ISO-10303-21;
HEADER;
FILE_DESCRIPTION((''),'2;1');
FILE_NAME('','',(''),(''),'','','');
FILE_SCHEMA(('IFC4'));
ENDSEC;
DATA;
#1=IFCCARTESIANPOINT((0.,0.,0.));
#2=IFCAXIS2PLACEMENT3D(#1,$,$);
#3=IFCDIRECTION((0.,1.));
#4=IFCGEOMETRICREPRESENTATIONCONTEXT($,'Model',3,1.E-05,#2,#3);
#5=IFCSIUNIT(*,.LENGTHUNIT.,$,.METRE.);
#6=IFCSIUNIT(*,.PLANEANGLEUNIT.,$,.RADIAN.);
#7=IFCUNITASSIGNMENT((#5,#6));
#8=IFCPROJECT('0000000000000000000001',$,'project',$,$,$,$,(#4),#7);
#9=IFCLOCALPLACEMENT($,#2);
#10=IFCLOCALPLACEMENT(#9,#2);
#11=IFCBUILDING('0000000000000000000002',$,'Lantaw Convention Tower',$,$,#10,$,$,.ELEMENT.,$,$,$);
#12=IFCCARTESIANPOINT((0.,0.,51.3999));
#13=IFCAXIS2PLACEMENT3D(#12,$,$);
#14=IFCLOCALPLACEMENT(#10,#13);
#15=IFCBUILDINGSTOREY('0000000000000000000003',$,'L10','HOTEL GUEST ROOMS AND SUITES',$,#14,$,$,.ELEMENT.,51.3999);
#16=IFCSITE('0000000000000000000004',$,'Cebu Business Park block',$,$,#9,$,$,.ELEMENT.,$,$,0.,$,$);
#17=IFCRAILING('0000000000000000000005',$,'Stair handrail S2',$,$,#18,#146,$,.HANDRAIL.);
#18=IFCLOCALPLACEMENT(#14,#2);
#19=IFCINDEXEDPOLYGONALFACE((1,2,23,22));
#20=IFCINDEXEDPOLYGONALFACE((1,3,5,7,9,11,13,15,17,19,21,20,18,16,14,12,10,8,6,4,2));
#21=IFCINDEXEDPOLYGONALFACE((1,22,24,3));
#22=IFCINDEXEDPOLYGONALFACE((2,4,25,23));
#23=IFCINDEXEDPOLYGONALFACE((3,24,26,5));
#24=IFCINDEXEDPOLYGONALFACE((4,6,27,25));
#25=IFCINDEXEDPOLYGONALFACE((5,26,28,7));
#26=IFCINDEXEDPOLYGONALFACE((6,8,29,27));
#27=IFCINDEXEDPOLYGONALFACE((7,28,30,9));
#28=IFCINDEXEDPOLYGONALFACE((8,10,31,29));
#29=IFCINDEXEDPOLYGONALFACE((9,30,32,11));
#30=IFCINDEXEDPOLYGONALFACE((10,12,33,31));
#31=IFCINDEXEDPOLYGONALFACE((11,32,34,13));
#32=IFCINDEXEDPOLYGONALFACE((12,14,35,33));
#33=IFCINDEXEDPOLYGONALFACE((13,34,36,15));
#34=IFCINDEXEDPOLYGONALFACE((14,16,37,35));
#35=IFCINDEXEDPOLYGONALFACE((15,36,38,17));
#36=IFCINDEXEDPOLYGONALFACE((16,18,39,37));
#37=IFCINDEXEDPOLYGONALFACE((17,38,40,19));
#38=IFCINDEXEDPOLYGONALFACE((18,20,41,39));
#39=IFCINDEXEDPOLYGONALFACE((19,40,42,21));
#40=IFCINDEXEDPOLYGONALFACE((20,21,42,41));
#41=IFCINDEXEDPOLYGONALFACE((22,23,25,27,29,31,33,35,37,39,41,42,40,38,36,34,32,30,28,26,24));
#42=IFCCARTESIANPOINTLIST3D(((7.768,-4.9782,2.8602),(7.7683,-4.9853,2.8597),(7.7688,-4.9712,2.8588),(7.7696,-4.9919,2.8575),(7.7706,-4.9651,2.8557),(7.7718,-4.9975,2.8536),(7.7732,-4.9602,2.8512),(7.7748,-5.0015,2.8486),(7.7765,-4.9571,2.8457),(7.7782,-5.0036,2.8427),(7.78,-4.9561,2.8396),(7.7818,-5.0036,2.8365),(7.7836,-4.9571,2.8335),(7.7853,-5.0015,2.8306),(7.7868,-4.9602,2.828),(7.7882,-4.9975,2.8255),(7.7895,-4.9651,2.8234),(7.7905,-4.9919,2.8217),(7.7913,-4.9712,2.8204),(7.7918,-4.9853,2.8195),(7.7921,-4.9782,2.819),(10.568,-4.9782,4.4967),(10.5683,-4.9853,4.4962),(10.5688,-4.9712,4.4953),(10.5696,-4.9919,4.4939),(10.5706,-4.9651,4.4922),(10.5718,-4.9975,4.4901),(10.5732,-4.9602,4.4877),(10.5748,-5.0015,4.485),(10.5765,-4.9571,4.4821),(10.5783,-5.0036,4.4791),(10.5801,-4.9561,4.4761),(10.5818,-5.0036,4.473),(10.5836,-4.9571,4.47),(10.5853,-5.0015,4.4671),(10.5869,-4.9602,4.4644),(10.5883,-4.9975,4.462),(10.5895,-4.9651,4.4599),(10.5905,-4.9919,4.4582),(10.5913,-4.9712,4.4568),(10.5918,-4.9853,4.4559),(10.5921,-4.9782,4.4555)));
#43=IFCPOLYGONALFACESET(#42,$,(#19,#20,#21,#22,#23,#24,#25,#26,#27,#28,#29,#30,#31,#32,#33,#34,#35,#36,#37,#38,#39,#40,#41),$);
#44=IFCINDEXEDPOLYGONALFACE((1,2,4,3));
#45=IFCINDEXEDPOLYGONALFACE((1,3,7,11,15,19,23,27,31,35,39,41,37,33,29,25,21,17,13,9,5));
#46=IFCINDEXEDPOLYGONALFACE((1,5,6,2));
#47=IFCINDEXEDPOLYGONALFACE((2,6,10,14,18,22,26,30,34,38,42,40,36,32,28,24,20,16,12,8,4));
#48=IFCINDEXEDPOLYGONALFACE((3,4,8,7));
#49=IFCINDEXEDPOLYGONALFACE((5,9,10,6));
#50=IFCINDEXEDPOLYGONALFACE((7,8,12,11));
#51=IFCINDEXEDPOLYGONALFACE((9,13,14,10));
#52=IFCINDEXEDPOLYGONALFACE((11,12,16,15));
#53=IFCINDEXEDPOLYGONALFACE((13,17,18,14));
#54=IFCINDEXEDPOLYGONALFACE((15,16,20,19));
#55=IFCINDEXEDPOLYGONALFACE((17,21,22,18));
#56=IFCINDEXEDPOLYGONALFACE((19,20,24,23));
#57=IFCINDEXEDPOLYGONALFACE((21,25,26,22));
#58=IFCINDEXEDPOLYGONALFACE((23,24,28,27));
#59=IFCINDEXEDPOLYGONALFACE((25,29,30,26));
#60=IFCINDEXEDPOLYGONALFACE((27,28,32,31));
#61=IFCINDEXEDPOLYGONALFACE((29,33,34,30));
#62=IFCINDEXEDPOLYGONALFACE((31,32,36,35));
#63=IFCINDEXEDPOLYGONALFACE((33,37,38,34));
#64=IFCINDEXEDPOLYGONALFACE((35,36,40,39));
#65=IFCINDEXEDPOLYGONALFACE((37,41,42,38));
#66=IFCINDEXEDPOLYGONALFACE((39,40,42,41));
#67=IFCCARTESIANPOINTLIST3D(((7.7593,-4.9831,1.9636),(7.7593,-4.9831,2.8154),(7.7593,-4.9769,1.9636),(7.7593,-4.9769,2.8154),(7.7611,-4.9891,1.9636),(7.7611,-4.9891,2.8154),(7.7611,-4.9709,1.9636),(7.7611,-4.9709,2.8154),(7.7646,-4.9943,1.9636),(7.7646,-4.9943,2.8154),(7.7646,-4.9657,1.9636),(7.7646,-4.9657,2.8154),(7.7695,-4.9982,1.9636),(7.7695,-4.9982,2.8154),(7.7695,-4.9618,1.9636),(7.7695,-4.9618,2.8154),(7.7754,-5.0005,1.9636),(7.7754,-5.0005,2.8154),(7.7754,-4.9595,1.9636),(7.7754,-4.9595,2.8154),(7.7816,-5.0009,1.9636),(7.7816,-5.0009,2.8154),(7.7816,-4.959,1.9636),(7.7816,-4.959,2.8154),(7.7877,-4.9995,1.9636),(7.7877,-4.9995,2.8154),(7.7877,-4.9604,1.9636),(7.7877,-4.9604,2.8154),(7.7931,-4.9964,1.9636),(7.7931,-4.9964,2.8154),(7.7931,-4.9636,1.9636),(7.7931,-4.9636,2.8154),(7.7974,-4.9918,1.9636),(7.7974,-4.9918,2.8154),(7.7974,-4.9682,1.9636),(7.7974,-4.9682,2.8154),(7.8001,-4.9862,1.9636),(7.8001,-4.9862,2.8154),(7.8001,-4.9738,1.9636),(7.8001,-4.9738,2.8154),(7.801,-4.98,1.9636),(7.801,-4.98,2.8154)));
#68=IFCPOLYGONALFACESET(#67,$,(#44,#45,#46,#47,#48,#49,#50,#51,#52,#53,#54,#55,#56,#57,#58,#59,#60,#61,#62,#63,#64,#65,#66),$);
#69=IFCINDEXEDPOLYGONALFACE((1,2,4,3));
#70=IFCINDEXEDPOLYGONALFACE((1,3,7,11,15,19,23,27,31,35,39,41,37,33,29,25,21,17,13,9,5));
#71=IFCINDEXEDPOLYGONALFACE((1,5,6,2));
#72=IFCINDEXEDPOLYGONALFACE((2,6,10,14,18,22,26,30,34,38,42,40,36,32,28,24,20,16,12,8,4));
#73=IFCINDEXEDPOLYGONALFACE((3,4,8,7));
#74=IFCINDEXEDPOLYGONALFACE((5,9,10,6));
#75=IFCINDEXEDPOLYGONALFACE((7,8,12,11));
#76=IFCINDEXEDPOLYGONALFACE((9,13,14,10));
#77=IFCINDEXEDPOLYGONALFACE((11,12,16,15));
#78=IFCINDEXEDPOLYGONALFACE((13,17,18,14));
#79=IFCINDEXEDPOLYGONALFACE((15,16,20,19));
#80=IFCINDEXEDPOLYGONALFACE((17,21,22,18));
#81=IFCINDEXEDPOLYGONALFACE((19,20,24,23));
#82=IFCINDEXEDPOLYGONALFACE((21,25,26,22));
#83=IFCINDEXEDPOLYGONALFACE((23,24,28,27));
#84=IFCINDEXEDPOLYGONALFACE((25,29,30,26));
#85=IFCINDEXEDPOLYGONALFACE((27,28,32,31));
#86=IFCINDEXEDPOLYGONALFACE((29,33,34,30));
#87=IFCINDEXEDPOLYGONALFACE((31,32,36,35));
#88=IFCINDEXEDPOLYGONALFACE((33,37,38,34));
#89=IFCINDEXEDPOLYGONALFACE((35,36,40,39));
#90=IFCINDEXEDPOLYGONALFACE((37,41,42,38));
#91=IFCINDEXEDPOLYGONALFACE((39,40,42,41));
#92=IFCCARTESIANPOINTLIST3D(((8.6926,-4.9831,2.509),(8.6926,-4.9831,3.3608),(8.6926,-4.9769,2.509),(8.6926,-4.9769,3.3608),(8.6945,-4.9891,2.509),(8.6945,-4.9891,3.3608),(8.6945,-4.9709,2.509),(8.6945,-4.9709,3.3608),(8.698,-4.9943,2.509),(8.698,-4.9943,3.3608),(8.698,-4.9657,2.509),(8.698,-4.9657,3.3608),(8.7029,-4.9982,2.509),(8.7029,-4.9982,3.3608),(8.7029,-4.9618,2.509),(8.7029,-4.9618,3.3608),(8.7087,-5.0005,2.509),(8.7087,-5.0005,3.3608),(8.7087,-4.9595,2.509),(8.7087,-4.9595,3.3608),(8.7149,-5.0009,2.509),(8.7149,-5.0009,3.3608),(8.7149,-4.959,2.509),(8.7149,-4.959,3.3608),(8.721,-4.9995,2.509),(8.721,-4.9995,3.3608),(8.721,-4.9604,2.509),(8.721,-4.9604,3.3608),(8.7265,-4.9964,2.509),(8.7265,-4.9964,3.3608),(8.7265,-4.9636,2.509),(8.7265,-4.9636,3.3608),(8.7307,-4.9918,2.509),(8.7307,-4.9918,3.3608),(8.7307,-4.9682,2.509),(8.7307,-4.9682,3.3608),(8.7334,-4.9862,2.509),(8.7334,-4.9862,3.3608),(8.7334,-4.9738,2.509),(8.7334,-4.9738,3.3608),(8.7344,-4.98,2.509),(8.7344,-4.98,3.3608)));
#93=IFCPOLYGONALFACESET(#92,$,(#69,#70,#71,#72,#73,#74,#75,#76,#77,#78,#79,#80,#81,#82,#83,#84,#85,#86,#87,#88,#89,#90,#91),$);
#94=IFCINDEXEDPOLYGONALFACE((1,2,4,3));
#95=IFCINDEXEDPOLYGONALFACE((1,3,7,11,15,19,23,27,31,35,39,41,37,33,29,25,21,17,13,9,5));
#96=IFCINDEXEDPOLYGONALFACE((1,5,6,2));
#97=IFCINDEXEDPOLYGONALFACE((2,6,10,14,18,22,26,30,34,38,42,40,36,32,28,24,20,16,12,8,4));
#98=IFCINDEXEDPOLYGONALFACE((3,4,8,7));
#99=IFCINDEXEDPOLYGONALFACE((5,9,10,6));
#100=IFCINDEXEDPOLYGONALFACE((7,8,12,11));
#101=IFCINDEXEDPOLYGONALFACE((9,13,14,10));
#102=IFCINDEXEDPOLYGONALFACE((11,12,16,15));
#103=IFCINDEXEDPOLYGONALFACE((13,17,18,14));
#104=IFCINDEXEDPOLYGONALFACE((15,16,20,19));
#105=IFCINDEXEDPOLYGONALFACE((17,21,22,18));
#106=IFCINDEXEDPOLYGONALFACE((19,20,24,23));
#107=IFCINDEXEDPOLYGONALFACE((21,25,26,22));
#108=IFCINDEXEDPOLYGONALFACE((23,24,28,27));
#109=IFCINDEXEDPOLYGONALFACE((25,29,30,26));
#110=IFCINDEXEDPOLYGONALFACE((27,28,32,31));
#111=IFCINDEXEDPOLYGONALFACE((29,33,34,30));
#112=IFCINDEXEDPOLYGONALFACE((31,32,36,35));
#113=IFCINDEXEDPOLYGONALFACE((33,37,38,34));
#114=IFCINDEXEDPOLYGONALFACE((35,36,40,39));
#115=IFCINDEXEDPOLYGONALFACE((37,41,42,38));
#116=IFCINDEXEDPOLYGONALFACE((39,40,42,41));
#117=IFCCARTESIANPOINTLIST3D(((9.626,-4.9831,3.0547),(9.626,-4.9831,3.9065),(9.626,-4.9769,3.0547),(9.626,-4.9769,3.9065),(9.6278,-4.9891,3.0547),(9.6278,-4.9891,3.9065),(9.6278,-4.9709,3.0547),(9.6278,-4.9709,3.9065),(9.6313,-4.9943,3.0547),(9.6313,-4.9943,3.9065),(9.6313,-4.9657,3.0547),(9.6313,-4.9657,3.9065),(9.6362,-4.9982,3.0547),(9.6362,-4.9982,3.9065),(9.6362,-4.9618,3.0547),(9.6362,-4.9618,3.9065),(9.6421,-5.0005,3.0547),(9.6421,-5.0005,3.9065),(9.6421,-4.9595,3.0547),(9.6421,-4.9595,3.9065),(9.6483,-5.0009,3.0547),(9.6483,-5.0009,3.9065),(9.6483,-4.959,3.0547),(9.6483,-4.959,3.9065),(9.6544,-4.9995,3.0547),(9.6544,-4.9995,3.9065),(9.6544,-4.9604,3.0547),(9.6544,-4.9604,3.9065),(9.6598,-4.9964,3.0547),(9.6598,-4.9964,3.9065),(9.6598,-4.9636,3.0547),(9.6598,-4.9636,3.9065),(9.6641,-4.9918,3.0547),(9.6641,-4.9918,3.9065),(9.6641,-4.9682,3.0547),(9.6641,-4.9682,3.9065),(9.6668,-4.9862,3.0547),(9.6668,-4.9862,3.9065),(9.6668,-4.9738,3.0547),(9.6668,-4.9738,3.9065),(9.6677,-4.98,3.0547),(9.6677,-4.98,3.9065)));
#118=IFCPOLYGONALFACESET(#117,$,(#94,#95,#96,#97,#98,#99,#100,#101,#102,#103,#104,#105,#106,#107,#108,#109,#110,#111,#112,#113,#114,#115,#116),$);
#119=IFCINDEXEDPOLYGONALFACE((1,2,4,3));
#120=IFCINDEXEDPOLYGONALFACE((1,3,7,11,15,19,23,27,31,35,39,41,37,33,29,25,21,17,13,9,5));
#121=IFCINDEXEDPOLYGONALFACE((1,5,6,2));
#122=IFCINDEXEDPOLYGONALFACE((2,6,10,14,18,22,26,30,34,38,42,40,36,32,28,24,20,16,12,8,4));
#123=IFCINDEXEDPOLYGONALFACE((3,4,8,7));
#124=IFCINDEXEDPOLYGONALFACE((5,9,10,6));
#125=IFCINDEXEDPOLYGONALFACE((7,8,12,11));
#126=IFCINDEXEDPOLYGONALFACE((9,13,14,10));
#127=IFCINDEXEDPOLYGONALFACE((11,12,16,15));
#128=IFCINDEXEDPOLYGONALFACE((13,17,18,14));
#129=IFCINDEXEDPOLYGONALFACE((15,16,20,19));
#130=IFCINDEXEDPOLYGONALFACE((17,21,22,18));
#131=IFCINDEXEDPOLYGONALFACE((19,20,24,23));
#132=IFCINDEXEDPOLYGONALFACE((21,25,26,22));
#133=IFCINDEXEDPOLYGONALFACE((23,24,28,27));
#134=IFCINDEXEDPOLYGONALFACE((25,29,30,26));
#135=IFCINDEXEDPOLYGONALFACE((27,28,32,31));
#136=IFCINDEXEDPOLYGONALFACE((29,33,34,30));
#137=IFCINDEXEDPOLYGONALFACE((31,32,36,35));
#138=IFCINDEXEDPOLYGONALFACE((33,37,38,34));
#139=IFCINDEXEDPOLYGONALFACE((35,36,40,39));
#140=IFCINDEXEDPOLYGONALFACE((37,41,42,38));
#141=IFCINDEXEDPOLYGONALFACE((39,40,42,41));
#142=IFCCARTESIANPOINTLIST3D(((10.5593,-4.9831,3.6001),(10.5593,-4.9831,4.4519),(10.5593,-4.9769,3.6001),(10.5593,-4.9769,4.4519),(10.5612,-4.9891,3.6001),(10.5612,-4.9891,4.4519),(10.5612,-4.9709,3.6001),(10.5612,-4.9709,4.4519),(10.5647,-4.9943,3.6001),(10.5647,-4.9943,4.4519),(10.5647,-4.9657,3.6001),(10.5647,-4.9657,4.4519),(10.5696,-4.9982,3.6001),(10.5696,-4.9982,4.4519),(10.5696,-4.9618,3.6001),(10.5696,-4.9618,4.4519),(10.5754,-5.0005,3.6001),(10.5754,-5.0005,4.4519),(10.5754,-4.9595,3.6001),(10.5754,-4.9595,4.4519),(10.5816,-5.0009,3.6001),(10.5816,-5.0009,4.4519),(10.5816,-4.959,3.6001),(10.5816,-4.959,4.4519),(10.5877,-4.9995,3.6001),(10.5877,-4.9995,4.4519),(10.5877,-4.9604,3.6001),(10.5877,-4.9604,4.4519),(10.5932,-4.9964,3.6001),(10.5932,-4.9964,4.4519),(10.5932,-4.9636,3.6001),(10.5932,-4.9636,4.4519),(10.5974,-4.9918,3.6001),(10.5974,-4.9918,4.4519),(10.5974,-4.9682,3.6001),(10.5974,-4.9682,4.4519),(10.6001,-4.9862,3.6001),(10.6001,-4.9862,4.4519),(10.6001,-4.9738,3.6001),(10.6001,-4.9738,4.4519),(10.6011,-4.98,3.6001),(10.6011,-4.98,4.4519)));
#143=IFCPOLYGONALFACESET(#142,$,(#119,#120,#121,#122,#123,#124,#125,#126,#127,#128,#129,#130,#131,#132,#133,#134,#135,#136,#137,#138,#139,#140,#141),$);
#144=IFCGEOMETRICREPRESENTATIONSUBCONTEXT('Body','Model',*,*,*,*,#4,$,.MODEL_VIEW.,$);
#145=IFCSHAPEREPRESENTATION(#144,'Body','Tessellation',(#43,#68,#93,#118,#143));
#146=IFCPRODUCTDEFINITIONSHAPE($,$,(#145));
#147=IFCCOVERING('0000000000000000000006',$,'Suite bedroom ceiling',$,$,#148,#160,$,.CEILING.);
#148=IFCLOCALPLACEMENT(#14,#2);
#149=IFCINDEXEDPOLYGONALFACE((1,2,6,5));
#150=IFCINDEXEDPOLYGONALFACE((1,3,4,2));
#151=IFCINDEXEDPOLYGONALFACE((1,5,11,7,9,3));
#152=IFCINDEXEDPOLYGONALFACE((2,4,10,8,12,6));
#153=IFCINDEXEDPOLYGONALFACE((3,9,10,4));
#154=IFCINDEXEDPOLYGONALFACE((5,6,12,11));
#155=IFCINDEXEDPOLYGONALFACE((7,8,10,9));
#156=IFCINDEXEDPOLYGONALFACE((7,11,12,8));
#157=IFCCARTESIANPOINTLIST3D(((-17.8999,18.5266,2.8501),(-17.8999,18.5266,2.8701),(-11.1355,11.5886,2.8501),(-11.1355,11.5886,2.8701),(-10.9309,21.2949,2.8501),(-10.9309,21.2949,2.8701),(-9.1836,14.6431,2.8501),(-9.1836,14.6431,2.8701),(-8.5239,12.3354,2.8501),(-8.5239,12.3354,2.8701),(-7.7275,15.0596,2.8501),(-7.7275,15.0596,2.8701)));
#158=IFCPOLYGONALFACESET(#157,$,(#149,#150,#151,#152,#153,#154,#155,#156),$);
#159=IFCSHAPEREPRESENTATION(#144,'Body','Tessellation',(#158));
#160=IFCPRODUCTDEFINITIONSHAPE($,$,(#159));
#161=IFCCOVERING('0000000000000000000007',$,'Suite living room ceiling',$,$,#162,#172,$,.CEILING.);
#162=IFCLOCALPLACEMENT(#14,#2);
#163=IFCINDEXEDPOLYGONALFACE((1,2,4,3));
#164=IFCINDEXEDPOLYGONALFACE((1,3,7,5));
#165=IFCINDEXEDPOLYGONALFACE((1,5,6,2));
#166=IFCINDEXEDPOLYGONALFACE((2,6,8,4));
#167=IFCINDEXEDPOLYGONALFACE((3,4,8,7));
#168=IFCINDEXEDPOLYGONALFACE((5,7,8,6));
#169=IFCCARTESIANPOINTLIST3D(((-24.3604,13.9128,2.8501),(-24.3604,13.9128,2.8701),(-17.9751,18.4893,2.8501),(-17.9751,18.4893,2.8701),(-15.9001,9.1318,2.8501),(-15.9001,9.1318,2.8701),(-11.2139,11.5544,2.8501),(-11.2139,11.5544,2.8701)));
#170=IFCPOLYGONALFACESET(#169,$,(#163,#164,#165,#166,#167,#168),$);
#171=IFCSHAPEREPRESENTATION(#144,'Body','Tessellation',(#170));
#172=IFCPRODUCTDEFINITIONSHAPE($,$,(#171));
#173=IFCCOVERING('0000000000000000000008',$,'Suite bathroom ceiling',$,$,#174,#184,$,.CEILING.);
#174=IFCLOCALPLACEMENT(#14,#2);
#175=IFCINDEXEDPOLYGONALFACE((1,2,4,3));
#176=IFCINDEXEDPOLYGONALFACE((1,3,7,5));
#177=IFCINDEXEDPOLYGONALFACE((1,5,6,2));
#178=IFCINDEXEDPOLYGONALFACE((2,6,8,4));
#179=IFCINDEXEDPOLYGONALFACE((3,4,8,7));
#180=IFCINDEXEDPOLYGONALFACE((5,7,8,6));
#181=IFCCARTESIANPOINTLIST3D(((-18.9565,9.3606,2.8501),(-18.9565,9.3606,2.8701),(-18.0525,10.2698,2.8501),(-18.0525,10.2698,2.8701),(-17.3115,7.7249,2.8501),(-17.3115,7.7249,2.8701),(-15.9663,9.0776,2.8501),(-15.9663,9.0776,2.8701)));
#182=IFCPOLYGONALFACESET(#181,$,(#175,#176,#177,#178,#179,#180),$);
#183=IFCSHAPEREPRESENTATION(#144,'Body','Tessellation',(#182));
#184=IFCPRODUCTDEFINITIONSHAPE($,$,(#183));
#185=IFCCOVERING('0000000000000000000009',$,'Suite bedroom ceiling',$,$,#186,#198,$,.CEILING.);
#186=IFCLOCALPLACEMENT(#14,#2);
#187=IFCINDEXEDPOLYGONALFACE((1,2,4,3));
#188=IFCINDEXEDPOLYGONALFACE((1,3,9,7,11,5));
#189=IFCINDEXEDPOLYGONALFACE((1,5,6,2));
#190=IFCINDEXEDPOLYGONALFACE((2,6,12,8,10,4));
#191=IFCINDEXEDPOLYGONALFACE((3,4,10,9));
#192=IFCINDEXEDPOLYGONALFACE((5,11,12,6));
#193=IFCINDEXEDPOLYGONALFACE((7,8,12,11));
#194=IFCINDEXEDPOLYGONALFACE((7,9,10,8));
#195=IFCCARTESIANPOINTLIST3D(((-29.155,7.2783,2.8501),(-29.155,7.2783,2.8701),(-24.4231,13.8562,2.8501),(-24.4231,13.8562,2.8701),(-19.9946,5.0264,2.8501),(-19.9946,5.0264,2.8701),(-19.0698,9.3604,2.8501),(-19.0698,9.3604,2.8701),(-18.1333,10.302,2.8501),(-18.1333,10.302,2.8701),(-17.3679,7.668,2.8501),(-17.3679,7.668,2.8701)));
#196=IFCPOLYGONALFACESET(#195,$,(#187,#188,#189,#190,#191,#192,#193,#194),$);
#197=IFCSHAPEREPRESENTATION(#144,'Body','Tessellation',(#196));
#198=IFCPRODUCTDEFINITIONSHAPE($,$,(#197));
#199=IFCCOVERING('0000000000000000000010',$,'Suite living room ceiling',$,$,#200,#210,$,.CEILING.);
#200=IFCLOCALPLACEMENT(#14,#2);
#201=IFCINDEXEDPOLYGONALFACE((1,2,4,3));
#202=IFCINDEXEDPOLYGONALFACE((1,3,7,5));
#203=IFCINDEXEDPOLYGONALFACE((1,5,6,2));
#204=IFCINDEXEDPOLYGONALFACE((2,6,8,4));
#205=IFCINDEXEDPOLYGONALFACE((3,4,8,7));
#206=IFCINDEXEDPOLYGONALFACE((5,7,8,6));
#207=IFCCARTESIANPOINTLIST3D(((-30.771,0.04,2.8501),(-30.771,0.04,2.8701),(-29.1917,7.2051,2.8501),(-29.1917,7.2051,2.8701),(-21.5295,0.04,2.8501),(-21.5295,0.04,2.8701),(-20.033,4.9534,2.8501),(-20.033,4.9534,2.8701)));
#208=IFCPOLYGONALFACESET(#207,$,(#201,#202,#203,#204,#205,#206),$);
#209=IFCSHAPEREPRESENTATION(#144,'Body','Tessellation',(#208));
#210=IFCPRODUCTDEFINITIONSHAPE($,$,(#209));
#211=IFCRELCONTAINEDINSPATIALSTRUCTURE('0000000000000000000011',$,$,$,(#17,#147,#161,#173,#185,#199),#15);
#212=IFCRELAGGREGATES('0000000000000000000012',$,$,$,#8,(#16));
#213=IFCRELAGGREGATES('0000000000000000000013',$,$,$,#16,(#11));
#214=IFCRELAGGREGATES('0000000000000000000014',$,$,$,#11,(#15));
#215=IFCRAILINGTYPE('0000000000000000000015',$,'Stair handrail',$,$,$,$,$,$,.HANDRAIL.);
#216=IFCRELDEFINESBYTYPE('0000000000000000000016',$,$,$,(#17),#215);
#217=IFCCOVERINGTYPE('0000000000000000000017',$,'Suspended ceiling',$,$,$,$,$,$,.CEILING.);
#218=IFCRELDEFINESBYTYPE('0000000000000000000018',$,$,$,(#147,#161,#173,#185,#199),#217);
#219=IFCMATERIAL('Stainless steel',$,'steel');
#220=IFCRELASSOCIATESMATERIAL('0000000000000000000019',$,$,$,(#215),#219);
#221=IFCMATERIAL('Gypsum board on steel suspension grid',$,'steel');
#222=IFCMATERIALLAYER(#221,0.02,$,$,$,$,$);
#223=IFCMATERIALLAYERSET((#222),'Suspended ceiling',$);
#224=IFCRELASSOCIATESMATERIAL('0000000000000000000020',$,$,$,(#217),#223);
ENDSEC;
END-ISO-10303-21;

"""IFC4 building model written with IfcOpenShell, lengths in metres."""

from ifc_helpers import new_model, si_unit, direction, frame, origin, origin_2d, place, context, subcontext, project, spatial, polyline, circle, outline, extrude, material, layer, layer_set, type_object, element, save


model = new_model("IFC4")

# Units and contexts
model_context = context("Model", 3, precision=1e-05, world=origin(), true_north=direction((0.0, 1.0)))
body_context = subcontext(model_context, "Body", "Model", "MODEL_VIEW")
ifc_project = project(units=[si_unit("LENGTHUNIT", "METRE"), si_unit("PLANEANGLEUNIT", "RADIAN")], contexts=[model_context])

# Site, building, storey
site_placement = place(None, origin())
site = spatial("IfcSite", under=ifc_project, at=site_placement, Name="Cebu Business Park block", CompositionType="ELEMENT", RefElevation=0.0)
building_placement = place(site_placement, origin())
building = spatial("IfcBuilding", under=site, at=building_placement, Name="Lantaw Convention Tower", CompositionType="ELEMENT")
storey_placement = place(building_placement, frame((0.0, 0.0, 51.3999)))
storey = spatial("IfcBuildingStorey", under=building, at=storey_placement, Name="L10", Description="HOTEL GUEST ROOMS AND SUITES", CompositionType="ELEMENT", Elevation=51.3999)

# Railing
ifc_material_1 = material(Name="Stainless steel", Category="steel")
railing_type = type_object("IfcRailingType", Name="Stair handrail", PredefinedType="HANDRAIL", material=ifc_material_1)
railing_placement = place(storey_placement, frame((7.78, -4.98, 1.9636)))
element("IfcRailing", 1, at=railing_placement, inside=storey, type_object=railing_type, Name="Stair handrail S2", PredefinedType="HANDRAIL", context=body_context, shape_type="SweptSolid", body=[
    extrude(circle(Radius=0.0239, at=origin_2d()), frame((0.0, 0.0, 0.876), z_axis=(0.863361, 0.0, 0.504587), x_axis=(0.0, 1.0, 0.0)), (0.0, 0.0, 1.0), 3.2432),
    extrude(circle(Radius=0.021, at=origin_2d()), origin(), (0.0, 0.0, 1.0), 0.8518),
    extrude(circle(Radius=0.021, at=origin_2d()), frame((0.9333, 0.0, 0.5454)), (0.0, 0.0, 1.0), 0.8518),
    extrude(circle(Radius=0.021, at=origin_2d()), frame((1.8667, 0.0, 1.0911)), (0.0, 0.0, 1.0), 0.8518),
    extrude(circle(Radius=0.021, at=origin_2d()), frame((2.8, 0.0, 1.6365)), (0.0, 0.0, 1.0), 0.8518),
])

# Coverings
ifc_material_2 = material(Name="Gypsum board on steel suspension grid", Category="steel")
ifc_layer_1 = layer(ifc_material_2, 0.02)
ifc_layer_set_1 = layer_set([ifc_layer_1], Name="Suspended ceiling")
covering_type = type_object("IfcCoveringType", Name="Suspended ceiling", PredefinedType="CEILING", material=ifc_layer_set_1)
covering_1_placement = place(storey_placement, frame((0.0, 0.0, 2.8501)))
element("IfcCovering", 2, at=covering_1_placement, inside=storey, type_object=covering_type, Name="Suite bedroom ceiling", PredefinedType="CEILING", context=body_context, shape_type="SweptSolid", body=[
    extrude(outline(polyline([(-11.1355, 11.5886), (-8.5239, 12.3354), (-9.1836, 14.6431), (-7.7275, 15.0596), (-10.9309, 21.2949), (-17.8999, 18.5266), (-11.1355, 11.5886)])), origin(), (0.0, 0.0, 1.0), 0.02),
])
covering_2_placement = place(storey_placement, frame((0.0, 0.0, 2.8501)))
element("IfcCovering", 3, at=covering_2_placement, inside=storey, type_object=covering_type, Name="Suite living room ceiling", PredefinedType="CEILING", context=body_context, shape_type="SweptSolid", body=[
    extrude(outline(polyline([(-11.2139, 11.5544), (-17.9751, 18.4893), (-24.3604, 13.9128), (-15.9001, 9.1318), (-11.2139, 11.5544)])), origin(), (0.0, 0.0, 1.0), 0.02),
])
covering_3_placement = place(storey_placement, frame((0.0, 0.0, 2.8501)))
element("IfcCovering", 4, at=covering_3_placement, inside=storey, type_object=covering_type, Name="Suite bathroom ceiling", PredefinedType="CEILING", context=body_context, shape_type="SweptSolid", body=[
    extrude(outline(polyline([(-15.9663, 9.0776), (-18.0525, 10.2698), (-18.9565, 9.3606), (-17.3115, 7.7249), (-15.9663, 9.0776)])), origin(), (0.0, 0.0, 1.0), 0.02),
])
covering_4_placement = place(storey_placement, frame((0.0, 0.0, 2.8501)))
element("IfcCovering", 5, at=covering_4_placement, inside=storey, type_object=covering_type, Name="Suite bedroom ceiling", PredefinedType="CEILING", context=body_context, shape_type="SweptSolid", body=[
    extrude(outline(polyline([(-19.9946, 5.0264), (-17.3679, 7.668), (-19.0698, 9.3604), (-18.1333, 10.302), (-24.4231, 13.8562), (-29.155, 7.2783), (-19.9946, 5.0264)])), origin(), (0.0, 0.0, 1.0), 0.02),
])
covering_5_placement = place(storey_placement, frame((0.0, 0.0, 2.8501)))
element("IfcCovering", 6, at=covering_5_placement, inside=storey, type_object=covering_type, Name="Suite living room ceiling", PredefinedType="CEILING", context=body_context, shape_type="SweptSolid", body=[
    extrude(outline(polyline([(-20.033, 4.9534), (-29.1917, 7.2051), (-30.771, 0.04), (-21.5295, 0.04), (-20.033, 4.9534)])), origin(), (0.0, 0.0, 1.0), 0.02),
])

save(model, "model.ifc")
